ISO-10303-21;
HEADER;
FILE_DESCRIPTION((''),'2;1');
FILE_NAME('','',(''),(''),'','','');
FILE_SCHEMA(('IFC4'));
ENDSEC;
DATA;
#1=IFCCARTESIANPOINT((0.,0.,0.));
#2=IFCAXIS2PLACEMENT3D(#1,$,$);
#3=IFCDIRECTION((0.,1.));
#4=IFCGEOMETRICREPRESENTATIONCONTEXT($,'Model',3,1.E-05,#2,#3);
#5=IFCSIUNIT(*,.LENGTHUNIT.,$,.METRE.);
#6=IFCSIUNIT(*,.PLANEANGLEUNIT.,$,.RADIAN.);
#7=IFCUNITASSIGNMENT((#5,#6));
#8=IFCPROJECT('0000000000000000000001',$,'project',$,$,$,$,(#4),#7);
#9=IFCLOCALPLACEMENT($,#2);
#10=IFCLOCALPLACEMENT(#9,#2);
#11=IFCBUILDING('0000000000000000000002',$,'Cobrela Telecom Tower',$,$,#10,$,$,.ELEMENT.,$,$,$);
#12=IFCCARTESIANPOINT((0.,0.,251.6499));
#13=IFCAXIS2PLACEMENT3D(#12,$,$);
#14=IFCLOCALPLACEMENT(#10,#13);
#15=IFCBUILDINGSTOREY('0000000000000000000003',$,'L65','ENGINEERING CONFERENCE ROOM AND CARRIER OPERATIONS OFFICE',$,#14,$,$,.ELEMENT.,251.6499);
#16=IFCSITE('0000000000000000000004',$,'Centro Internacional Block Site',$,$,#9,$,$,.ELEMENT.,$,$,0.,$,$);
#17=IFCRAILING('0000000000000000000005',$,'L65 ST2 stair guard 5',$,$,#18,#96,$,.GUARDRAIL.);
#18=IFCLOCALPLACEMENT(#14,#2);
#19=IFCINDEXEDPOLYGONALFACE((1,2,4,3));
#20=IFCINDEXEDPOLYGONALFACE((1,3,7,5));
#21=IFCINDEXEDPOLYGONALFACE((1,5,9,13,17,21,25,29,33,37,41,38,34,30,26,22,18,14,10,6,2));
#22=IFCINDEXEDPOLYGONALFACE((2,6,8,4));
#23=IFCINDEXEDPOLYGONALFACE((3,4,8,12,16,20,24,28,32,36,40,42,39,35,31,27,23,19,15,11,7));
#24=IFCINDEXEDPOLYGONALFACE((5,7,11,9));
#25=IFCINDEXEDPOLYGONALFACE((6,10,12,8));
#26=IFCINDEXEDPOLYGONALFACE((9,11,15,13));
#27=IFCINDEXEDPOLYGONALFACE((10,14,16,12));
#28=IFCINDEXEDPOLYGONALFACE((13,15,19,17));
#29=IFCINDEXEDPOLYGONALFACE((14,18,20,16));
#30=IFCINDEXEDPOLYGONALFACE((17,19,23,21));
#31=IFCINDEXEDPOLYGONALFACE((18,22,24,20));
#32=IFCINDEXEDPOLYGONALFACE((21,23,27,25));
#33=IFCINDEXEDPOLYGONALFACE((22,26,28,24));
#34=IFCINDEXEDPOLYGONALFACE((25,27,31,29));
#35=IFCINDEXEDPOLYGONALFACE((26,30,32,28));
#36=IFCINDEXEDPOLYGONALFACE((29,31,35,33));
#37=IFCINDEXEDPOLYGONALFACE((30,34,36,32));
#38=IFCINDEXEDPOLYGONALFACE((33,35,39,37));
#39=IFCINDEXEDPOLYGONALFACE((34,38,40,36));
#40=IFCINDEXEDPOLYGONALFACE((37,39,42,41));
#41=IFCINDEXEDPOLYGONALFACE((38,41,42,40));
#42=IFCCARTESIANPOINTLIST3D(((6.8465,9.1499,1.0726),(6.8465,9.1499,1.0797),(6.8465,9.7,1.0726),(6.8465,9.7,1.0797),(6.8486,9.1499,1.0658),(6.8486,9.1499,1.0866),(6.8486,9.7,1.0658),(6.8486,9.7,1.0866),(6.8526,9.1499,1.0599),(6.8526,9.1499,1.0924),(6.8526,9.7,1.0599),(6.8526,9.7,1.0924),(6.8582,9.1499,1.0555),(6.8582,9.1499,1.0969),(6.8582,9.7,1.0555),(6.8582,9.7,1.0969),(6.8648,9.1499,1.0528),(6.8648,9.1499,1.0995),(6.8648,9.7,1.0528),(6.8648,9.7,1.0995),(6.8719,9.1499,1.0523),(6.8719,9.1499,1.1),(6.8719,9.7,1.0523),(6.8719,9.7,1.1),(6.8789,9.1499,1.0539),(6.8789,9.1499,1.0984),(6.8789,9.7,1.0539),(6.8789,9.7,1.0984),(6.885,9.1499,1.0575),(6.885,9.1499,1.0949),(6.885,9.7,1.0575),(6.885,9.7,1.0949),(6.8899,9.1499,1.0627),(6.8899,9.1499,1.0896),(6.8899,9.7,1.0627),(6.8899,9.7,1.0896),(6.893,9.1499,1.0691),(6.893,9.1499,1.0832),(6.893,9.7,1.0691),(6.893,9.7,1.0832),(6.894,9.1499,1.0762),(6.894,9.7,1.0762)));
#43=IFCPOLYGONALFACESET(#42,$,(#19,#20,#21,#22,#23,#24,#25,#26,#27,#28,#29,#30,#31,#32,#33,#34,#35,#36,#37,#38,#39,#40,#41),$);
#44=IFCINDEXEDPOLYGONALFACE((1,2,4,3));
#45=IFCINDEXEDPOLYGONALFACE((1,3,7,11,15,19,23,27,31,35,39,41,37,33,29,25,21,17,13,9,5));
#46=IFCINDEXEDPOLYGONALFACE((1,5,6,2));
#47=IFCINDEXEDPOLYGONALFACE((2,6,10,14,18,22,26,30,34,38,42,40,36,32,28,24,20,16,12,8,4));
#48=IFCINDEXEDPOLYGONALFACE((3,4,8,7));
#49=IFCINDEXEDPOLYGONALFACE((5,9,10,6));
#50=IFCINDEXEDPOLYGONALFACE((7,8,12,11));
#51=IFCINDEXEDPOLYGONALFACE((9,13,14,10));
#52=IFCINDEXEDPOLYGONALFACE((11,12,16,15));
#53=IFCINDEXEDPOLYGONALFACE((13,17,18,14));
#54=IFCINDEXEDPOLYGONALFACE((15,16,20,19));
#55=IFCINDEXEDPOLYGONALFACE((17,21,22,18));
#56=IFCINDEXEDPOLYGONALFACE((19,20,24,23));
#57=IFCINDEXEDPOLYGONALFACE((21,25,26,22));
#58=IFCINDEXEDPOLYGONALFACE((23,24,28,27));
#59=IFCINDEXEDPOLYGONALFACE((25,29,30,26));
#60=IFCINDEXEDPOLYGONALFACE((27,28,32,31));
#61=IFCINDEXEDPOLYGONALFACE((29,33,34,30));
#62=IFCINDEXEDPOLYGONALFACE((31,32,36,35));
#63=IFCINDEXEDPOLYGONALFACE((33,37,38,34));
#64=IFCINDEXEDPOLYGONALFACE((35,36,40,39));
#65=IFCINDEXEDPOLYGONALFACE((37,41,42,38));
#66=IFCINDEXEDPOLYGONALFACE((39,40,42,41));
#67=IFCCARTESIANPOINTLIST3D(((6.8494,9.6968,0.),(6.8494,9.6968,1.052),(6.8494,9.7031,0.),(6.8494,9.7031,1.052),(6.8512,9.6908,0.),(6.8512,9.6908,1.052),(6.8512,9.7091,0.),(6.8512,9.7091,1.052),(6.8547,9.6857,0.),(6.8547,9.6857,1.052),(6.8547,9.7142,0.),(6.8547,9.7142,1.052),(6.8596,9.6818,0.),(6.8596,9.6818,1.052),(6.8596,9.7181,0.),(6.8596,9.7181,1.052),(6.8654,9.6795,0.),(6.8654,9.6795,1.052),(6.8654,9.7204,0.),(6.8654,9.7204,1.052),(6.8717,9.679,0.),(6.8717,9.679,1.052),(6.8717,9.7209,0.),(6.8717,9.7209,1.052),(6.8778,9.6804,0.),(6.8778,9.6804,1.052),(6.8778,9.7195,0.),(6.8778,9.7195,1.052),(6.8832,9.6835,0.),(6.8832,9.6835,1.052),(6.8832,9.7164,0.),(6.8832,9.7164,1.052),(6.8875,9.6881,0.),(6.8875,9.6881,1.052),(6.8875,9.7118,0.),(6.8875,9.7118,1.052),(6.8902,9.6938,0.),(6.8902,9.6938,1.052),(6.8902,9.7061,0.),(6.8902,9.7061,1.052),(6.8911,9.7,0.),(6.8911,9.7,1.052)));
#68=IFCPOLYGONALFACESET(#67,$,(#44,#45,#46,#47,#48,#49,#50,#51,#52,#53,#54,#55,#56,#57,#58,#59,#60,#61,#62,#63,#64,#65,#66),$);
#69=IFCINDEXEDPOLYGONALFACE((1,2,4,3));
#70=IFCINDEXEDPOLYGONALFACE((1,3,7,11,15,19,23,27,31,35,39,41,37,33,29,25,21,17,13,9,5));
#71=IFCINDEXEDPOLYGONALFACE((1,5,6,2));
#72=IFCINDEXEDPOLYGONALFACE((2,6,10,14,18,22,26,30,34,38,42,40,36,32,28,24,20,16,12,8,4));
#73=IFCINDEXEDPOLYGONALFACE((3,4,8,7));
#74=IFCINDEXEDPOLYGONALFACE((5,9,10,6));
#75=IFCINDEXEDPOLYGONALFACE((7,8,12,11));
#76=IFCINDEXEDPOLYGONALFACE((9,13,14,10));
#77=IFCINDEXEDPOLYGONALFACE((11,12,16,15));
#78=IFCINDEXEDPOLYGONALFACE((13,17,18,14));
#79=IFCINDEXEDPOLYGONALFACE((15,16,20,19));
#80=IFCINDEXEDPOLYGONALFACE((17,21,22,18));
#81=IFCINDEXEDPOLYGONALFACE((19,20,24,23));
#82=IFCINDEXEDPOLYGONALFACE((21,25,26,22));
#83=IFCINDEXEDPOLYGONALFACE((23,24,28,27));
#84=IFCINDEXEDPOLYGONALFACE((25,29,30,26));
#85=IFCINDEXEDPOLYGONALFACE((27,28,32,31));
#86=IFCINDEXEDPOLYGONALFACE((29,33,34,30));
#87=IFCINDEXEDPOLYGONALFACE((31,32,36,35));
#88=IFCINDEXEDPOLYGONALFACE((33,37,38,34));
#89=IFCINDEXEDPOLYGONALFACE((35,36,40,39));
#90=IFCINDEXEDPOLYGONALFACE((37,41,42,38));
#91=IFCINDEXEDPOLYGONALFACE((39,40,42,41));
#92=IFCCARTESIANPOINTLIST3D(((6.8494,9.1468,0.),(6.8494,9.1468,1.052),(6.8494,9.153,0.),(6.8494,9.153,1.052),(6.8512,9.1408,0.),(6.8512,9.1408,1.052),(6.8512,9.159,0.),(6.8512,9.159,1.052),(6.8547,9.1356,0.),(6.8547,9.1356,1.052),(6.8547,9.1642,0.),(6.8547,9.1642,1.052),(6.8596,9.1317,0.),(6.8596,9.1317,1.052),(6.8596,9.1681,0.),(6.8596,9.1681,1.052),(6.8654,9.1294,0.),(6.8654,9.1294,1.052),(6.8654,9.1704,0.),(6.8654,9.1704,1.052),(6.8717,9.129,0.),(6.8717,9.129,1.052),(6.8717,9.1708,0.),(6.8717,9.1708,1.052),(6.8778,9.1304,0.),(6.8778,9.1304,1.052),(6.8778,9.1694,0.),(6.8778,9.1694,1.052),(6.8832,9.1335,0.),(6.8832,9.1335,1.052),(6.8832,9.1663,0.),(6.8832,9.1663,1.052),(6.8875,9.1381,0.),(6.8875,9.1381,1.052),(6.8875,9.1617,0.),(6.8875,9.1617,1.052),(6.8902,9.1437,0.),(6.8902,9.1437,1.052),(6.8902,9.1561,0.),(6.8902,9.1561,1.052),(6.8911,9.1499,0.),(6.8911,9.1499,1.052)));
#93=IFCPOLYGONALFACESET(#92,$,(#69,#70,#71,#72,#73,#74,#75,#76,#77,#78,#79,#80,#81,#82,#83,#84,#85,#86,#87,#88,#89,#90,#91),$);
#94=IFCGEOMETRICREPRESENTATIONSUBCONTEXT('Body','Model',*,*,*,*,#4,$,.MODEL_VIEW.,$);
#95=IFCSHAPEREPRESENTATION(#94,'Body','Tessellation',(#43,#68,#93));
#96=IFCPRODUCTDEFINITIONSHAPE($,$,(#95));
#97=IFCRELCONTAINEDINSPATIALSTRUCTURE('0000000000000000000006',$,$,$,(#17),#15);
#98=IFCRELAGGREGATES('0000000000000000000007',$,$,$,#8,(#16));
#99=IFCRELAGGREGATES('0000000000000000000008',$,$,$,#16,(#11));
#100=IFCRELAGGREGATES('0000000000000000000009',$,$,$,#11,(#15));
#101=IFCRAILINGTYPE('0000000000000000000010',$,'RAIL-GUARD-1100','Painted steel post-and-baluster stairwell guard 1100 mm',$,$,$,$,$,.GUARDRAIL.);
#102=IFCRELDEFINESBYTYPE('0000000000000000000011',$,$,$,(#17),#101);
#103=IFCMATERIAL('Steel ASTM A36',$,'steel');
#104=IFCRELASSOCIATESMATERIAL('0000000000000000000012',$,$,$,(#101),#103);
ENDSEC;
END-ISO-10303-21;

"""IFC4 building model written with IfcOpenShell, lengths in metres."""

from ifc_helpers import new_model, si_unit, direction, frame, origin, origin_2d, place, context, subcontext, project, spatial, circle, extrude, material, type_object, element, save


model = new_model("IFC4")

# Units and contexts
model_context = context("Model", 3, precision=1e-05, world=origin(), true_north=direction((0.0, 1.0)))
body_context = subcontext(model_context, "Body", "Model", "MODEL_VIEW")
ifc_project = project(units=[si_unit("LENGTHUNIT", "METRE"), si_unit("PLANEANGLEUNIT", "RADIAN")], contexts=[model_context])

# Site, building, storey
site_placement = place(None, origin())
site = spatial("IfcSite", under=ifc_project, at=site_placement, Name="Centro Internacional Block Site", CompositionType="ELEMENT", RefElevation=0.0)
building_placement = place(site_placement, origin())
building = spatial("IfcBuilding", under=site, at=building_placement, Name="Cobrela Telecom Tower", CompositionType="ELEMENT")
storey_placement = place(building_placement, frame((0.0, 0.0, 251.6499)))
storey = spatial("IfcBuildingStorey", under=building, at=storey_placement, Name="L65", Description="ENGINEERING CONFERENCE ROOM AND CARRIER OPERATIONS OFFICE", CompositionType="ELEMENT", Elevation=251.6499)

# Railing
ifc_material_1 = material(Name="Steel ASTM A36", Category="steel")
railing_type_1 = type_object("IfcRailingType", Name="RAIL-GUARD-1100", Description="Painted steel post-and-baluster stairwell guard 1100 mm", PredefinedType="GUARDRAIL", material=ifc_material_1)
railing_1_placement = place(storey_placement, frame((6.8701, 9.7, 0.0)))
element("IfcRailing", 1, at=railing_1_placement, inside=storey, type_object=railing_type_1, Name="L65 ST2 stair guard 5", PredefinedType="GUARDRAIL", context=body_context, shape_type="SweptSolid", body=[
    extrude(circle(Radius=0.0239, at=origin_2d()), frame((0.0, 0.0, 1.0762), z_axis=(0.0, -1.0, 0.0), x_axis=(1.0, 0.0, 0.0)), (0.0, 0.0, 1.0), 0.55),
    extrude(circle(Radius=0.021, at=origin_2d()), origin(), (0.0, 0.0, 1.0), 1.052),
    extrude(circle(Radius=0.021, at=origin_2d()), frame((0.0, -0.55, 0.0)), (0.0, 0.0, 1.0), 1.052),
])

save(model, "model.ifc")
